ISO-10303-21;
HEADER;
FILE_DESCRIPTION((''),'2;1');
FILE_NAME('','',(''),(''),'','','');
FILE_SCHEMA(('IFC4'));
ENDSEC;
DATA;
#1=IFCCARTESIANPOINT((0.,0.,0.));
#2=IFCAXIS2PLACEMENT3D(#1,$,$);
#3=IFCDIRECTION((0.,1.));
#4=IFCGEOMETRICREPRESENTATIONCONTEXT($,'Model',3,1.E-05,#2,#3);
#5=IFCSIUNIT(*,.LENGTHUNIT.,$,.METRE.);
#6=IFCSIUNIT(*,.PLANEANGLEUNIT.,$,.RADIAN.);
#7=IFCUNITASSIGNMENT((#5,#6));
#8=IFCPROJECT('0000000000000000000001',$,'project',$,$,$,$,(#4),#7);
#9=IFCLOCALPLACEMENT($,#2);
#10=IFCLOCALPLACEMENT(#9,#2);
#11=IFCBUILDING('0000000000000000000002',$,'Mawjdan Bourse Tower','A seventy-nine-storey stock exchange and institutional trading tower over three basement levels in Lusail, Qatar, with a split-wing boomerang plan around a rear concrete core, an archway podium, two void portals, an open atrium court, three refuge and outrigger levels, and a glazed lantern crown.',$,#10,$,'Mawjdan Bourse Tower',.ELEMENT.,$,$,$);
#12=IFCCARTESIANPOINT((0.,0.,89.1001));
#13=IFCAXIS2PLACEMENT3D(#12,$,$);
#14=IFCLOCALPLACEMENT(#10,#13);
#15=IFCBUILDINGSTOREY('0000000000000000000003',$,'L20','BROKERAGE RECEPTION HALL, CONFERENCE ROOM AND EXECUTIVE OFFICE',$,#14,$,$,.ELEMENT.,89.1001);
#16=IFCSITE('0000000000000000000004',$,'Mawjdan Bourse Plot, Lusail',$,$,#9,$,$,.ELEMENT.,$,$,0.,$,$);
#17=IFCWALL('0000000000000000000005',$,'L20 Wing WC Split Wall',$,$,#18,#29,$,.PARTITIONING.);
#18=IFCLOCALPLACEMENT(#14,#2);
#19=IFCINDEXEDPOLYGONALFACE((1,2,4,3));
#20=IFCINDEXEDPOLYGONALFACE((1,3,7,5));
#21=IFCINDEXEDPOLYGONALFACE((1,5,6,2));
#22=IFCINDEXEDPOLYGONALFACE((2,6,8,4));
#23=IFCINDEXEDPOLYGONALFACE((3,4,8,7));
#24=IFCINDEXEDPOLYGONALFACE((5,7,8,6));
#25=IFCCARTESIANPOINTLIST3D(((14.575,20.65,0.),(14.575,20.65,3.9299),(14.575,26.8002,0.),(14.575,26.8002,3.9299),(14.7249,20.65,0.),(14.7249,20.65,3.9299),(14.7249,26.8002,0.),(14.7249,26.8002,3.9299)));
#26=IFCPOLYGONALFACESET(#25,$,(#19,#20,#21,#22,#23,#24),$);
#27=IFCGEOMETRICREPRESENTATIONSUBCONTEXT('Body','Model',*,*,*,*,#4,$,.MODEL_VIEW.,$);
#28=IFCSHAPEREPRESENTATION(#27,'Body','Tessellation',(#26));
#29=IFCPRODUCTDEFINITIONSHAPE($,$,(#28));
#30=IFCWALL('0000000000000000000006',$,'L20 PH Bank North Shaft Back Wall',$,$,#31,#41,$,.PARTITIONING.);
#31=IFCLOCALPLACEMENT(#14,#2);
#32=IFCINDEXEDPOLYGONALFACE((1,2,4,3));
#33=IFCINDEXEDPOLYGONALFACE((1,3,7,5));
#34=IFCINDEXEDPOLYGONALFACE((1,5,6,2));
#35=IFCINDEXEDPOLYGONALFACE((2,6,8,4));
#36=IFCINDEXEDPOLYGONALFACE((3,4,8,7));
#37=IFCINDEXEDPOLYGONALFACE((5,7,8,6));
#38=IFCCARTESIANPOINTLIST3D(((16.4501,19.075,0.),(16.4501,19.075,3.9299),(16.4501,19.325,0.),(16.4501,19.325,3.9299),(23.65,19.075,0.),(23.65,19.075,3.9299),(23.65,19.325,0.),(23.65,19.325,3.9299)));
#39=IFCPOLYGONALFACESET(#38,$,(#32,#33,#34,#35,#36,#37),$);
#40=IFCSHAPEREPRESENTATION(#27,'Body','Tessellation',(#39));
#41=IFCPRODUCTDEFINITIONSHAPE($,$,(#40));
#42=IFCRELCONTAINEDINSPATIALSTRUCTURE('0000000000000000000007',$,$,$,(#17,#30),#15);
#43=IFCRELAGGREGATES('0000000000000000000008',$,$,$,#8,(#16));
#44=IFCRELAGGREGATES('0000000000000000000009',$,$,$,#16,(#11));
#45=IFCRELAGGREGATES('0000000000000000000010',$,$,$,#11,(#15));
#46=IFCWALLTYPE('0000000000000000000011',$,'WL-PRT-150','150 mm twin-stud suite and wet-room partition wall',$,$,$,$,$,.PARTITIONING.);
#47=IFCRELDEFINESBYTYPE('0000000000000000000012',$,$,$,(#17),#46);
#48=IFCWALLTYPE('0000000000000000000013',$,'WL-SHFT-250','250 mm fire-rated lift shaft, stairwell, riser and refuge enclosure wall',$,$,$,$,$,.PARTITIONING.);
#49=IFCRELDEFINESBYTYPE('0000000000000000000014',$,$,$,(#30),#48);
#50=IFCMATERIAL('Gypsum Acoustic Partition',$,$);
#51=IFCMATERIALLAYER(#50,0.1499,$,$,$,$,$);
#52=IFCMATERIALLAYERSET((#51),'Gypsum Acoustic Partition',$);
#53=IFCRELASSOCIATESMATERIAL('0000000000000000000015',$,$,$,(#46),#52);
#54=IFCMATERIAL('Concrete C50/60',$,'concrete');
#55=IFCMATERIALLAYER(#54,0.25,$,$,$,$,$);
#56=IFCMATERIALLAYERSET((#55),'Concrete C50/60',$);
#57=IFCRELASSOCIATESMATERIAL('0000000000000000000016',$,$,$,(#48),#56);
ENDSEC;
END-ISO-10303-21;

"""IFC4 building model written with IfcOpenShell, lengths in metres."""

from ifc_helpers import new_model, si_unit, direction, frame, frame_2d, origin, place, context, subcontext, project, spatial, rectangle, extrude, material, layer, layer_set, type_object, element, save


model = new_model("IFC4")

# Units and contexts
model_context = context("Model", 3, precision=1e-05, world=origin(), true_north=direction((0.0, 1.0)))
body_context = subcontext(model_context, "Body", "Model", "MODEL_VIEW")
ifc_project = project(units=[si_unit("LENGTHUNIT", "METRE"), si_unit("PLANEANGLEUNIT", "RADIAN")], contexts=[model_context])

# Site, building, storey
site_placement = place(None, origin())
site = spatial("IfcSite", under=ifc_project, at=site_placement, Name="Mawjdan Bourse Plot, Lusail", CompositionType="ELEMENT", RefElevation=0.0)
building_placement = place(site_placement, origin())
building = spatial("IfcBuilding", under=site, at=building_placement, Name="Mawjdan Bourse Tower", Description="A seventy-nine-storey stock exchange and institutional trading tower over three basement levels in Lusail, Qatar, with a split-wing boomerang plan around a rear concrete core, an archway podium, two void portals, an open atrium court, three refuge and outrigger levels, and a glazed lantern crown.", LongName="Mawjdan Bourse Tower", CompositionType="ELEMENT")
storey_placement = place(building_placement, frame((0.0, 0.0, 89.1001)))
storey = spatial("IfcBuildingStorey", under=building, at=storey_placement, Name="L20", Description="BROKERAGE RECEPTION HALL, CONFERENCE ROOM AND EXECUTIVE OFFICE", CompositionType="ELEMENT", Elevation=89.1001)

# Walls
ifc_material_1 = material(Name="Gypsum Acoustic Partition")
ifc_layer_1 = layer(ifc_material_1, 0.1499)
ifc_layer_set_1 = layer_set([ifc_layer_1], Name="Gypsum Acoustic Partition")
wall_type_1 = type_object("IfcWallType", Name="WL-PRT-150", Description="150 mm twin-stud suite and wet-room partition wall", PredefinedType="PARTITIONING", material=ifc_layer_set_1)
wall_1_placement = place(storey_placement, frame((14.6499, 20.6499, 0.0), z_axis=(0.0, 0.0, 1.0), x_axis=(0.0, 1.0, 0.0)))
element("IfcWall", 1, at=wall_1_placement, inside=storey, type_object=wall_type_1, Name="L20 Wing WC Split Wall", PredefinedType="PARTITIONING", context=body_context, shape_type="SweptSolid", body=[
    extrude(rectangle(XDim=6.1501, YDim=0.1499, at=frame_2d((3.0752, 0.0))), origin(), (0.0, 0.0, 1.0), 3.9299),
])
ifc_material_2 = material(Name="Concrete C50/60", Category="concrete")
ifc_layer_2 = layer(ifc_material_2, 0.25)
ifc_layer_set_2 = layer_set([ifc_layer_2], Name="Concrete C50/60")
wall_type_2 = type_object("IfcWallType", Name="WL-SHFT-250", Description="250 mm fire-rated lift shaft, stairwell, riser and refuge enclosure wall", PredefinedType="PARTITIONING", material=ifc_layer_set_2)
wall_2_placement = place(storey_placement, frame((16.45, 19.2, 0.0), z_axis=(0.0, 0.0, 1.0), x_axis=(1.0, 0.0, 0.0)))
element("IfcWall", 2, at=wall_2_placement, inside=storey, type_object=wall_type_2, Name="L20 PH Bank North Shaft Back Wall", PredefinedType="PARTITIONING", context=body_context, shape_type="SweptSolid", body=[
    extrude(rectangle(XDim=7.2, YDim=0.25, at=frame_2d((3.6001, 0.0))), origin(), (0.0, 0.0, 1.0), 3.9299),
])

save(model, "model.ifc")
